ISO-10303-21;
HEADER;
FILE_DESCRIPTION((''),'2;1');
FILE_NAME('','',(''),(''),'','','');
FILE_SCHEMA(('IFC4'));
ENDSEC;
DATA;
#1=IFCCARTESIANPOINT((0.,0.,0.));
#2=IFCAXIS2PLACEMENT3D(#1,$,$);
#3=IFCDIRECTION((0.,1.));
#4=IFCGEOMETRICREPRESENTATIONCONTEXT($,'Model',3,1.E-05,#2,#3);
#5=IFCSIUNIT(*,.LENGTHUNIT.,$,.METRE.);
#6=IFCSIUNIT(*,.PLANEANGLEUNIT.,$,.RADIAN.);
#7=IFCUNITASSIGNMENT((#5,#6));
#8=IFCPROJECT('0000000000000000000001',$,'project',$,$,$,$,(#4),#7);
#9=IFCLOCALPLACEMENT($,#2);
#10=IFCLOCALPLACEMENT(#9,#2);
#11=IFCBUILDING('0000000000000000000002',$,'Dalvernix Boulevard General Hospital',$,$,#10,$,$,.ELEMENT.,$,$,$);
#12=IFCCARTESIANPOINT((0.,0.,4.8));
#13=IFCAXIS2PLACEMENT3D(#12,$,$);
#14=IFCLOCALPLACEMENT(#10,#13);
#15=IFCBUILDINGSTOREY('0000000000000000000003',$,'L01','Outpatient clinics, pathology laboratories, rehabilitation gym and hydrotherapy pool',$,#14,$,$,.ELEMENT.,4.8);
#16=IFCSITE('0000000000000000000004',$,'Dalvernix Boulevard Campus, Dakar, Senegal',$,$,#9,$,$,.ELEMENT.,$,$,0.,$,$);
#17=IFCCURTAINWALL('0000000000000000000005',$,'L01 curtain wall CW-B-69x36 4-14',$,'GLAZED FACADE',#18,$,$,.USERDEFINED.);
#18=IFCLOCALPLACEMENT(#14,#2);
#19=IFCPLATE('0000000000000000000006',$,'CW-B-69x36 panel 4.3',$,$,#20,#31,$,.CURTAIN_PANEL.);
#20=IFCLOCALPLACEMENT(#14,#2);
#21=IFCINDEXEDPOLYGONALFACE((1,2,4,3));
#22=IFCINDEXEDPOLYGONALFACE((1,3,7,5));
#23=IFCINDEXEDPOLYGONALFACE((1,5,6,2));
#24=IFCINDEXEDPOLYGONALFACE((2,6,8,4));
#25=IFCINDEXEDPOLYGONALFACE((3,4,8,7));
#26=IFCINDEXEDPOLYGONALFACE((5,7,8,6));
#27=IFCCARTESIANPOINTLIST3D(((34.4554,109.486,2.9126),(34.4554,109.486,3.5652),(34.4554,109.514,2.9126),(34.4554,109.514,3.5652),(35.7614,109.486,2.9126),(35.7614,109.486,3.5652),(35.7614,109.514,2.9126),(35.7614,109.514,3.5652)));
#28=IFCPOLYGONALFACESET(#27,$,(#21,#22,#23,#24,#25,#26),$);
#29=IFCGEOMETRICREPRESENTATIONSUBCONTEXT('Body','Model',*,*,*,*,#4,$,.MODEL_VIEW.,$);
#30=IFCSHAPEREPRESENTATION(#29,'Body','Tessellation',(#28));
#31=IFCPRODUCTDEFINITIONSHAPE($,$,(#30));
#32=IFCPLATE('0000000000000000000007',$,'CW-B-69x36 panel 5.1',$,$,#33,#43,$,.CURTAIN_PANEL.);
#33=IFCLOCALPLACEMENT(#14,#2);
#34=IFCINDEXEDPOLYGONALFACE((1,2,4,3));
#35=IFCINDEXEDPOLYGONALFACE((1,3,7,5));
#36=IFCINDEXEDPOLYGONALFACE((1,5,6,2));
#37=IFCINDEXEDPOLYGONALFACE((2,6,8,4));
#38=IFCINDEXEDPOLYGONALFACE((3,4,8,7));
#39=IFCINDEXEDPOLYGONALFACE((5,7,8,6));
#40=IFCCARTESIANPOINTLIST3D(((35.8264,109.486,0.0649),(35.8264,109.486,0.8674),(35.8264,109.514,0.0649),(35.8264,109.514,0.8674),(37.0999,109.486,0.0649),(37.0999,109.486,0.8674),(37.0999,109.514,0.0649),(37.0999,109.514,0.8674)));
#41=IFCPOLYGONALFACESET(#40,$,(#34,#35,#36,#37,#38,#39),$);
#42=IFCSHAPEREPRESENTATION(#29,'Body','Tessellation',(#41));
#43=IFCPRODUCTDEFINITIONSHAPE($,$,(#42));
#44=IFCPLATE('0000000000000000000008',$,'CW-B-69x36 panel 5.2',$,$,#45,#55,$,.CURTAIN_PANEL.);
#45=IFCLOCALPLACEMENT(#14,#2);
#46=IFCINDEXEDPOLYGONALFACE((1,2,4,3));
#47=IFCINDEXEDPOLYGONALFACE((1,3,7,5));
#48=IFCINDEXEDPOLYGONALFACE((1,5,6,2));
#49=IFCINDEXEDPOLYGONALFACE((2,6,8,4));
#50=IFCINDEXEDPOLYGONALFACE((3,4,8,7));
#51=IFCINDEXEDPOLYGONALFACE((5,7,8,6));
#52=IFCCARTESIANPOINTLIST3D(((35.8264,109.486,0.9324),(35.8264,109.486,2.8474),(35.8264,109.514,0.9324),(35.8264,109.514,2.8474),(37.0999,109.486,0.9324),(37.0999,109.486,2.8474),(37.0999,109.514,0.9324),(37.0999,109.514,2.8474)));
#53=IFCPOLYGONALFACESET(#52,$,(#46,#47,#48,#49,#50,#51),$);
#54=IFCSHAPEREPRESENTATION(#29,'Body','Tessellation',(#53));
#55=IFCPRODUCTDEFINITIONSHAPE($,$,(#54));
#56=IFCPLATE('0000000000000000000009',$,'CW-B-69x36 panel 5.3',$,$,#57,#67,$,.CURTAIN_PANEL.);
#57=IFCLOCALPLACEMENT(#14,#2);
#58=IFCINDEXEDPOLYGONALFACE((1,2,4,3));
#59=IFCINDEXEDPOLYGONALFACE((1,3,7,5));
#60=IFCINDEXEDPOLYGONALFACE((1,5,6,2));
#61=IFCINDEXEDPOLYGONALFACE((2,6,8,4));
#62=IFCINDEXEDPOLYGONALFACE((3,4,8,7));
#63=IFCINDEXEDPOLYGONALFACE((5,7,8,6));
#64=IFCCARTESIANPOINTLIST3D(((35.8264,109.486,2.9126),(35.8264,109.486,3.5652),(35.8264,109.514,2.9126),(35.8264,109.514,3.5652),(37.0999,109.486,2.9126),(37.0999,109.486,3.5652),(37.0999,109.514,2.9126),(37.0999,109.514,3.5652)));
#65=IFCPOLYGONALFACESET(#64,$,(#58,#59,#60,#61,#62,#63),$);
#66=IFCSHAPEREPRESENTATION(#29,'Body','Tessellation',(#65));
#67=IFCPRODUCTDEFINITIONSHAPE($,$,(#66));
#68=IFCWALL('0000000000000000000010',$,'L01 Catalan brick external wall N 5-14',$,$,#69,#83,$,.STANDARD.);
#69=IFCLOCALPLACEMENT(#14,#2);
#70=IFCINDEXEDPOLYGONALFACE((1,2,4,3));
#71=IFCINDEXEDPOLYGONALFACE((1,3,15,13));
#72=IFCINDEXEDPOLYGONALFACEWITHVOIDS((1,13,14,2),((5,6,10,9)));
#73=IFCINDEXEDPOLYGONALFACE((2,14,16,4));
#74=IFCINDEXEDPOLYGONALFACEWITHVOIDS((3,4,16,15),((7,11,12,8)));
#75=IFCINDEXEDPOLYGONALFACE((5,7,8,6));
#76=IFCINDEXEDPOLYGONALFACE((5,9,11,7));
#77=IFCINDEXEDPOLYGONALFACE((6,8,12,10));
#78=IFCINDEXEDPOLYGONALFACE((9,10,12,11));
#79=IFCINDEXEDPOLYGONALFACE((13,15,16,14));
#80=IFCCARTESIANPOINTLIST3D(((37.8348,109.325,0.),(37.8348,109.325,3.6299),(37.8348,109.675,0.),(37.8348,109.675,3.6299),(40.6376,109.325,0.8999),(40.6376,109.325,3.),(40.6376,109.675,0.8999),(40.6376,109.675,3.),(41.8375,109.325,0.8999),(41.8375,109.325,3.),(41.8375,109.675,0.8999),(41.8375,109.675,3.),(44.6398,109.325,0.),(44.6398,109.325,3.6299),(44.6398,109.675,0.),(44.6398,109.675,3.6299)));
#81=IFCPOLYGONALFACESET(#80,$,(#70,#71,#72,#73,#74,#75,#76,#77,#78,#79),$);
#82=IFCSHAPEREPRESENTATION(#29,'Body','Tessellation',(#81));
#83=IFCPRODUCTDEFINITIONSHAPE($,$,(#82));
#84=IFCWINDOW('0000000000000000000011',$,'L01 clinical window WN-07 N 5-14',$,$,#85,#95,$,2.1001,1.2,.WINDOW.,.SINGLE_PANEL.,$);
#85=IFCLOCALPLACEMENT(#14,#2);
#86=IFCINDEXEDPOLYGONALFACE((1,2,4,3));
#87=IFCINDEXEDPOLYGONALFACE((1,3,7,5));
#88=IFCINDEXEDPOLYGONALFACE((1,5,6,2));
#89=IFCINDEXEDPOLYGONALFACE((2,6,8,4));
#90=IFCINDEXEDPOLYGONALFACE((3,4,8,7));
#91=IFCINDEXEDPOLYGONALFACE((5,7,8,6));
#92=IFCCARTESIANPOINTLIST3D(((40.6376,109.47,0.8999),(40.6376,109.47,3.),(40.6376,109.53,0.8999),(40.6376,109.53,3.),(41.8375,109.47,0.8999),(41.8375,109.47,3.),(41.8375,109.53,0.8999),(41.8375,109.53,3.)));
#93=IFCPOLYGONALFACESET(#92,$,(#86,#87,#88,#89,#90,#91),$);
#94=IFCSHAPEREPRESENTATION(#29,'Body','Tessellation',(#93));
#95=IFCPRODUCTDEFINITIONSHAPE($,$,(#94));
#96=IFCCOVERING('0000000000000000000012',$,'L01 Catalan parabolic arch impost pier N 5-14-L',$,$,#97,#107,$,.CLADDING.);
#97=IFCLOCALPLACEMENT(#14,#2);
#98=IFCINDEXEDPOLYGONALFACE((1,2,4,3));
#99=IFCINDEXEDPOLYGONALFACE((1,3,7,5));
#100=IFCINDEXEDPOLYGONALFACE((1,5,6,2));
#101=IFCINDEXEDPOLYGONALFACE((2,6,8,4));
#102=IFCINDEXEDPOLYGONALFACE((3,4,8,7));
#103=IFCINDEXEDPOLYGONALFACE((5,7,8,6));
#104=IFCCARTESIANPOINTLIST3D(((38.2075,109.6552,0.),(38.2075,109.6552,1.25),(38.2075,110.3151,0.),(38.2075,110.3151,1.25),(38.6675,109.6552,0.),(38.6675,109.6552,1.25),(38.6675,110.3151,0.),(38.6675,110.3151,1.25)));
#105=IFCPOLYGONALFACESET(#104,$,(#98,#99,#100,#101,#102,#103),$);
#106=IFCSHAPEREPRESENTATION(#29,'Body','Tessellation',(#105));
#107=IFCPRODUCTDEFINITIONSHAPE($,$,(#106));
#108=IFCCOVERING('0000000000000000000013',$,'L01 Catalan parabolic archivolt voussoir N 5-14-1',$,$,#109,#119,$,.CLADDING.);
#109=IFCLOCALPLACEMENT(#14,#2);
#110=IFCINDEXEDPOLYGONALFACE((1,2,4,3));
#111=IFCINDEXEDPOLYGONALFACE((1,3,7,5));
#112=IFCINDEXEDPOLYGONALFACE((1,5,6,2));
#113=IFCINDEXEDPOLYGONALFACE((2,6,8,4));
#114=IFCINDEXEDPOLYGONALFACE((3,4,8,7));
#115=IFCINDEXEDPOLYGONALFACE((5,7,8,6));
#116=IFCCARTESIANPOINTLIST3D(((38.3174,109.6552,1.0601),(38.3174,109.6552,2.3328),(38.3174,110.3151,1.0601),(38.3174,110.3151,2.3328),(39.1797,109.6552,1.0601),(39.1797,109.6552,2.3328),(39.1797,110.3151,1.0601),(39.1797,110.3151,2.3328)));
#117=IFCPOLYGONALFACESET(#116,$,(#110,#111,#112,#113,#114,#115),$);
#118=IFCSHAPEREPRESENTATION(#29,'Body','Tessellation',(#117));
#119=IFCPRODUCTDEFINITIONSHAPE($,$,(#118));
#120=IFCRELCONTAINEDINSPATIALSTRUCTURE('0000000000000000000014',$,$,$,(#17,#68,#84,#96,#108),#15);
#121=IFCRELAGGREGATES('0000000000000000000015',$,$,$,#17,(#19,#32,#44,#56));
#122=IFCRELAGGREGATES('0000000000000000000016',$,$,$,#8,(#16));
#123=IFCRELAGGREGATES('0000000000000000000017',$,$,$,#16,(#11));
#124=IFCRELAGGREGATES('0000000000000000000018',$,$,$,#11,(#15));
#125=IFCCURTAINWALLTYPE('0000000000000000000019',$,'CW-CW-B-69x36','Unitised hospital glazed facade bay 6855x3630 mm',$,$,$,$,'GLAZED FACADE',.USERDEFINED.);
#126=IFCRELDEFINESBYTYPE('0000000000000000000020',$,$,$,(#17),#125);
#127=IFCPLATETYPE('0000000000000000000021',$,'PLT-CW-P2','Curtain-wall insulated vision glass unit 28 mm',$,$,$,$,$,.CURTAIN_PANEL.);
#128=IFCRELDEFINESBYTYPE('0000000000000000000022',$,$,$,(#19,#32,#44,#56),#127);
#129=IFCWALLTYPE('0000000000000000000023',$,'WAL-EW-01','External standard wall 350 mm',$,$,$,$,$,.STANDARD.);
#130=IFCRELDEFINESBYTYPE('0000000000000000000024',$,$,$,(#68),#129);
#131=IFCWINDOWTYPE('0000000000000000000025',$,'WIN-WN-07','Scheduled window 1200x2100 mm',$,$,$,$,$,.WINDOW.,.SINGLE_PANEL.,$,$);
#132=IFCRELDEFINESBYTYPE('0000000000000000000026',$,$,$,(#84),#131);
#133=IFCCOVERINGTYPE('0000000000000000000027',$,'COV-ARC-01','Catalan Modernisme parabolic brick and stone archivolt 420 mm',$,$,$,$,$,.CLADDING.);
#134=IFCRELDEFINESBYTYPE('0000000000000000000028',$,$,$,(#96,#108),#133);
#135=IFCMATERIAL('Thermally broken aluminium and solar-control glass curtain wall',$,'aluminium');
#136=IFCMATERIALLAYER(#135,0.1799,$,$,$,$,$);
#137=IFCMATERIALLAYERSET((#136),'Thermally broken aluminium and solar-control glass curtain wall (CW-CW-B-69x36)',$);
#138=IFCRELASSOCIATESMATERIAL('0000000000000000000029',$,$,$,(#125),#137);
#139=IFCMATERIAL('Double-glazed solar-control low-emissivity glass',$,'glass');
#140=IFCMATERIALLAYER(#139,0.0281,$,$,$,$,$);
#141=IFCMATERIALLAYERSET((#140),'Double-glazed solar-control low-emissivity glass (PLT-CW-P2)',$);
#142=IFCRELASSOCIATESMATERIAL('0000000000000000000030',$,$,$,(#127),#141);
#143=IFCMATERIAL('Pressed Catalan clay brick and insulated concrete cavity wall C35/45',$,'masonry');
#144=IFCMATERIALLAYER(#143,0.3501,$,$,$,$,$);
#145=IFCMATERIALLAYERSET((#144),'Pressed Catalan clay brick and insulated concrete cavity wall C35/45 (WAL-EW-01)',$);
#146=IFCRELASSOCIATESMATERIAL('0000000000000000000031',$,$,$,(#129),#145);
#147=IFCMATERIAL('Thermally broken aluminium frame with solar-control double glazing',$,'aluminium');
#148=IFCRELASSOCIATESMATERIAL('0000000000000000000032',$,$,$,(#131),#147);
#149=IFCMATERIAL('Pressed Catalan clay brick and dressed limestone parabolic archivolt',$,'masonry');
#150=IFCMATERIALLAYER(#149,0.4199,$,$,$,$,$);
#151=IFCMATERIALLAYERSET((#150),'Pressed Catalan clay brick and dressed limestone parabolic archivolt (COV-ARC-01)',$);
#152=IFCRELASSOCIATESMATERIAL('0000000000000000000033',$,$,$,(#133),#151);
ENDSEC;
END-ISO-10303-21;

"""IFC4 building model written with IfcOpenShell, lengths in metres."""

from ifc_helpers import new_model, si_unit, direction, frame, frame_2d, origin, origin_2d, place, context, subcontext, project, spatial, rectangle, extrude, material, layer, layer_set, type_object, element, fill, aggregate, save


model = new_model("IFC4")

# Units and contexts
model_context = context("Model", 3, precision=1e-05, world=origin(), true_north=direction((0.0, 1.0)))
body_context = subcontext(model_context, "Body", "Model", "MODEL_VIEW")
ifc_project = project(units=[si_unit("LENGTHUNIT", "METRE"), si_unit("PLANEANGLEUNIT", "RADIAN")], contexts=[model_context])

# Site, building, storey
site_placement = place(None, origin())
site = spatial("IfcSite", under=ifc_project, at=site_placement, Name="Dalvernix Boulevard Campus, Dakar, Senegal", CompositionType="ELEMENT", RefElevation=0.0)
building_placement = place(site_placement, origin())
building = spatial("IfcBuilding", under=site, at=building_placement, Name="Dalvernix Boulevard General Hospital", CompositionType="ELEMENT")
storey_placement = place(building_placement, frame((0.0, 0.0, 4.8)))
storey = spatial("IfcBuildingStorey", under=building, at=storey_placement, Name="L01", Description="Outpatient clinics, pathology laboratories, rehabilitation gym and hydrotherapy pool", CompositionType="ELEMENT", Elevation=4.8)

# Curtain wall, plates
ifc_material_1 = material(Name="Thermally broken aluminium and solar-control glass curtain wall", Category="aluminium")
ifc_layer_1 = layer(ifc_material_1, 0.1799)
ifc_layer_set_1 = layer_set([ifc_layer_1], Name="Thermally broken aluminium and solar-control glass curtain wall (CW-CW-B-69x36)")
curtain_wall_type = type_object("IfcCurtainWallType", Name="CW-CW-B-69x36", Description="Unitised hospital glazed facade bay 6855x3630 mm", ElementType="GLAZED FACADE", PredefinedType="USERDEFINED", material=ifc_layer_set_1)
curtain_wall_placement = place(storey_placement, origin())
curtain_wall = element("IfcCurtainWall", 1, at=curtain_wall_placement, inside=storey, type_object=curtain_wall_type, Name="L01 curtain wall CW-B-69x36 4-14", ObjectType="GLAZED FACADE", PredefinedType="USERDEFINED")
ifc_material_2 = material(Name="Double-glazed solar-control low-emissivity glass", Category="glass")
ifc_layer_2 = layer(ifc_material_2, 0.0281)
ifc_layer_set_2 = layer_set([ifc_layer_2], Name="Double-glazed solar-control low-emissivity glass (PLT-CW-P2)")
plate_type = type_object("IfcPlateType", Name="PLT-CW-P2", Description="Curtain-wall insulated vision glass unit 28 mm", PredefinedType="CURTAIN_PANEL", material=ifc_layer_set_2)
plate_1_placement = place(storey_placement, frame((35.1084, 109.5, 2.9126), z_axis=(0.0, 0.0, 1.0), x_axis=(1.0, 0.0, 0.0)))
plate_1 = element("IfcPlate", 2, at=plate_1_placement, type_object=plate_type, Name="CW-B-69x36 panel 4.3", PredefinedType="CURTAIN_PANEL", context=body_context, shape_type="SweptSolid", body=[
    extrude(rectangle(XDim=1.3059, YDim=0.0281, at=origin_2d()), origin(), (0.0, 0.0, 1.0), 0.6526),
])
plate_2_placement = place(storey_placement, frame((36.4631, 109.5, 0.0649), z_axis=(0.0, 0.0, 1.0), x_axis=(1.0, 0.0, 0.0)))
plate_2 = element("IfcPlate", 3, at=plate_2_placement, type_object=plate_type, Name="CW-B-69x36 panel 5.1", PredefinedType="CURTAIN_PANEL", context=body_context, shape_type="SweptSolid", body=[
    extrude(rectangle(XDim=1.2734, YDim=0.0281, at=origin_2d()), origin(), (0.0, 0.0, 1.0), 0.8025),
])
plate_3_placement = place(storey_placement, frame((36.4631, 109.5, 0.9324), z_axis=(0.0, 0.0, 1.0), x_axis=(1.0, 0.0, 0.0)))
plate_3 = element("IfcPlate", 4, at=plate_3_placement, type_object=plate_type, Name="CW-B-69x36 panel 5.2", PredefinedType="CURTAIN_PANEL", context=body_context, shape_type="SweptSolid", body=[
    extrude(rectangle(XDim=1.2734, YDim=0.0281, at=origin_2d()), origin(), (0.0, 0.0, 1.0), 1.915),
])
plate_4_placement = place(storey_placement, frame((36.4631, 109.5, 2.9126), z_axis=(0.0, 0.0, 1.0), x_axis=(1.0, 0.0, 0.0)))
plate_4 = element("IfcPlate", 5, at=plate_4_placement, type_object=plate_type, Name="CW-B-69x36 panel 5.3", PredefinedType="CURTAIN_PANEL", context=body_context, shape_type="SweptSolid", body=[
    extrude(rectangle(XDim=1.2734, YDim=0.0281, at=origin_2d()), origin(), (0.0, 0.0, 1.0), 0.6526),
])
aggregate(curtain_wall, [plate_1, plate_2, plate_3, plate_4])

# Wall, opening, window
ifc_material_3 = material(Name="Pressed Catalan clay brick and insulated concrete cavity wall C35/45", Category="masonry")
ifc_layer_3 = layer(ifc_material_3, 0.3501)
ifc_layer_set_3 = layer_set([ifc_layer_3], Name="Pressed Catalan clay brick and insulated concrete cavity wall C35/45 (WAL-EW-01)")
wall_type = type_object("IfcWallType", Name="WAL-EW-01", Description="External standard wall 350 mm", PredefinedType="STANDARD", material=ifc_layer_set_3)
wall_placement = place(storey_placement, frame((37.835, 109.5, 0.0), z_axis=(0.0, 0.0, 1.0), x_axis=(1.0, 0.0, 0.0)))
wall = element("IfcWall", 6, at=wall_placement, inside=storey, type_object=wall_type, Name="L01 Catalan brick external wall N 5-14", PredefinedType="STANDARD", context=body_context, shape_type="SweptSolid", body=[
    extrude(rectangle(XDim=6.8049, YDim=0.3501, at=frame_2d((3.4023, 0.0))), origin(), (0.0, 0.0, 1.0), 3.6299),
])
opening_placement = place(wall_placement, frame((2.8025, 0.0, 0.8999)))
opening = element("IfcOpeningElement", 7, at=opening_placement, cuts=wall, PredefinedType="OPENING", context=body_context, shape_type="SweptSolid", body=[
    extrude(rectangle(XDim=1.2, YDim=2.1001, at=frame_2d((0.6001, 1.05))), frame((0.0, 0.1851, 0.0), z_axis=(0.0, -1.0, 0.0), x_axis=(1.0, 0.0, 0.0)), (0.0, 0.0, 1.0), 0.3701),
])
ifc_material_4 = material(Name="Thermally broken aluminium frame with solar-control double glazing", Category="aluminium")
window_type = type_object("IfcWindowType", Name="WIN-WN-07", Description="Scheduled window 1200x2100 mm", PartitioningType="SINGLE_PANEL", PredefinedType="WINDOW", material=ifc_material_4)
window_placement = place(opening_placement, origin())
window = element("IfcWindow", 8, at=window_placement, inside=storey, type_object=window_type, Name="L01 clinical window WN-07 N 5-14", OverallHeight=2.1001, OverallWidth=1.2, PartitioningType="SINGLE_PANEL", PredefinedType="WINDOW", context=body_context, shape_type="SweptSolid", body=[
    extrude(rectangle(XDim=1.2, YDim=2.1001, at=frame_2d((0.6001, 1.05))), frame((0.0, 0.03, 0.0), z_axis=(0.0, -1.0, 0.0), x_axis=(1.0, 0.0, 0.0)), (0.0, 0.0, 1.0), 0.0601),
])
fill(opening, window)

# Coverings
ifc_material_5 = material(Name="Pressed Catalan clay brick and dressed limestone parabolic archivolt", Category="masonry")
ifc_layer_4 = layer(ifc_material_5, 0.4199)
ifc_layer_set_4 = layer_set([ifc_layer_4], Name="Pressed Catalan clay brick and dressed limestone parabolic archivolt (COV-ARC-01)")
covering_type = type_object("IfcCoveringType", Name="COV-ARC-01", Description="Catalan Modernisme parabolic brick and stone archivolt 420 mm", PredefinedType="CLADDING", material=ifc_layer_set_4)
covering_1_placement = place(storey_placement, frame((38.4375, 109.9851, 0.0), z_axis=(0.0, 0.0, 1.0), x_axis=(1.0, 0.0, 0.0)))
element("IfcCovering", 9, at=covering_1_placement, inside=storey, type_object=covering_type, Name="L01 Catalan parabolic arch impost pier N 5-14-L", PredefinedType="CLADDING", context=body_context, shape_type="SweptSolid", body=[
    extrude(rectangle(XDim=0.46, YDim=0.6599, at=origin_2d()), origin(), (0.0, 0.0, 1.0), 1.25),
])
covering_2_placement = place(storey_placement, frame((38.7485, 109.9851, 1.0601), z_axis=(0.0, 0.0, 1.0), x_axis=(1.0, 0.0, 0.0)))
element("IfcCovering", 10, at=covering_2_placement, inside=storey, type_object=covering_type, Name="L01 Catalan parabolic archivolt voussoir N 5-14-1", PredefinedType="CLADDING", context=body_context, shape_type="SweptSolid", body=[
    extrude(rectangle(XDim=0.8623, YDim=0.6599, at=origin_2d()), origin(), (0.0, 0.0, 1.0), 1.2727),
])

save(model, "model.ifc")
